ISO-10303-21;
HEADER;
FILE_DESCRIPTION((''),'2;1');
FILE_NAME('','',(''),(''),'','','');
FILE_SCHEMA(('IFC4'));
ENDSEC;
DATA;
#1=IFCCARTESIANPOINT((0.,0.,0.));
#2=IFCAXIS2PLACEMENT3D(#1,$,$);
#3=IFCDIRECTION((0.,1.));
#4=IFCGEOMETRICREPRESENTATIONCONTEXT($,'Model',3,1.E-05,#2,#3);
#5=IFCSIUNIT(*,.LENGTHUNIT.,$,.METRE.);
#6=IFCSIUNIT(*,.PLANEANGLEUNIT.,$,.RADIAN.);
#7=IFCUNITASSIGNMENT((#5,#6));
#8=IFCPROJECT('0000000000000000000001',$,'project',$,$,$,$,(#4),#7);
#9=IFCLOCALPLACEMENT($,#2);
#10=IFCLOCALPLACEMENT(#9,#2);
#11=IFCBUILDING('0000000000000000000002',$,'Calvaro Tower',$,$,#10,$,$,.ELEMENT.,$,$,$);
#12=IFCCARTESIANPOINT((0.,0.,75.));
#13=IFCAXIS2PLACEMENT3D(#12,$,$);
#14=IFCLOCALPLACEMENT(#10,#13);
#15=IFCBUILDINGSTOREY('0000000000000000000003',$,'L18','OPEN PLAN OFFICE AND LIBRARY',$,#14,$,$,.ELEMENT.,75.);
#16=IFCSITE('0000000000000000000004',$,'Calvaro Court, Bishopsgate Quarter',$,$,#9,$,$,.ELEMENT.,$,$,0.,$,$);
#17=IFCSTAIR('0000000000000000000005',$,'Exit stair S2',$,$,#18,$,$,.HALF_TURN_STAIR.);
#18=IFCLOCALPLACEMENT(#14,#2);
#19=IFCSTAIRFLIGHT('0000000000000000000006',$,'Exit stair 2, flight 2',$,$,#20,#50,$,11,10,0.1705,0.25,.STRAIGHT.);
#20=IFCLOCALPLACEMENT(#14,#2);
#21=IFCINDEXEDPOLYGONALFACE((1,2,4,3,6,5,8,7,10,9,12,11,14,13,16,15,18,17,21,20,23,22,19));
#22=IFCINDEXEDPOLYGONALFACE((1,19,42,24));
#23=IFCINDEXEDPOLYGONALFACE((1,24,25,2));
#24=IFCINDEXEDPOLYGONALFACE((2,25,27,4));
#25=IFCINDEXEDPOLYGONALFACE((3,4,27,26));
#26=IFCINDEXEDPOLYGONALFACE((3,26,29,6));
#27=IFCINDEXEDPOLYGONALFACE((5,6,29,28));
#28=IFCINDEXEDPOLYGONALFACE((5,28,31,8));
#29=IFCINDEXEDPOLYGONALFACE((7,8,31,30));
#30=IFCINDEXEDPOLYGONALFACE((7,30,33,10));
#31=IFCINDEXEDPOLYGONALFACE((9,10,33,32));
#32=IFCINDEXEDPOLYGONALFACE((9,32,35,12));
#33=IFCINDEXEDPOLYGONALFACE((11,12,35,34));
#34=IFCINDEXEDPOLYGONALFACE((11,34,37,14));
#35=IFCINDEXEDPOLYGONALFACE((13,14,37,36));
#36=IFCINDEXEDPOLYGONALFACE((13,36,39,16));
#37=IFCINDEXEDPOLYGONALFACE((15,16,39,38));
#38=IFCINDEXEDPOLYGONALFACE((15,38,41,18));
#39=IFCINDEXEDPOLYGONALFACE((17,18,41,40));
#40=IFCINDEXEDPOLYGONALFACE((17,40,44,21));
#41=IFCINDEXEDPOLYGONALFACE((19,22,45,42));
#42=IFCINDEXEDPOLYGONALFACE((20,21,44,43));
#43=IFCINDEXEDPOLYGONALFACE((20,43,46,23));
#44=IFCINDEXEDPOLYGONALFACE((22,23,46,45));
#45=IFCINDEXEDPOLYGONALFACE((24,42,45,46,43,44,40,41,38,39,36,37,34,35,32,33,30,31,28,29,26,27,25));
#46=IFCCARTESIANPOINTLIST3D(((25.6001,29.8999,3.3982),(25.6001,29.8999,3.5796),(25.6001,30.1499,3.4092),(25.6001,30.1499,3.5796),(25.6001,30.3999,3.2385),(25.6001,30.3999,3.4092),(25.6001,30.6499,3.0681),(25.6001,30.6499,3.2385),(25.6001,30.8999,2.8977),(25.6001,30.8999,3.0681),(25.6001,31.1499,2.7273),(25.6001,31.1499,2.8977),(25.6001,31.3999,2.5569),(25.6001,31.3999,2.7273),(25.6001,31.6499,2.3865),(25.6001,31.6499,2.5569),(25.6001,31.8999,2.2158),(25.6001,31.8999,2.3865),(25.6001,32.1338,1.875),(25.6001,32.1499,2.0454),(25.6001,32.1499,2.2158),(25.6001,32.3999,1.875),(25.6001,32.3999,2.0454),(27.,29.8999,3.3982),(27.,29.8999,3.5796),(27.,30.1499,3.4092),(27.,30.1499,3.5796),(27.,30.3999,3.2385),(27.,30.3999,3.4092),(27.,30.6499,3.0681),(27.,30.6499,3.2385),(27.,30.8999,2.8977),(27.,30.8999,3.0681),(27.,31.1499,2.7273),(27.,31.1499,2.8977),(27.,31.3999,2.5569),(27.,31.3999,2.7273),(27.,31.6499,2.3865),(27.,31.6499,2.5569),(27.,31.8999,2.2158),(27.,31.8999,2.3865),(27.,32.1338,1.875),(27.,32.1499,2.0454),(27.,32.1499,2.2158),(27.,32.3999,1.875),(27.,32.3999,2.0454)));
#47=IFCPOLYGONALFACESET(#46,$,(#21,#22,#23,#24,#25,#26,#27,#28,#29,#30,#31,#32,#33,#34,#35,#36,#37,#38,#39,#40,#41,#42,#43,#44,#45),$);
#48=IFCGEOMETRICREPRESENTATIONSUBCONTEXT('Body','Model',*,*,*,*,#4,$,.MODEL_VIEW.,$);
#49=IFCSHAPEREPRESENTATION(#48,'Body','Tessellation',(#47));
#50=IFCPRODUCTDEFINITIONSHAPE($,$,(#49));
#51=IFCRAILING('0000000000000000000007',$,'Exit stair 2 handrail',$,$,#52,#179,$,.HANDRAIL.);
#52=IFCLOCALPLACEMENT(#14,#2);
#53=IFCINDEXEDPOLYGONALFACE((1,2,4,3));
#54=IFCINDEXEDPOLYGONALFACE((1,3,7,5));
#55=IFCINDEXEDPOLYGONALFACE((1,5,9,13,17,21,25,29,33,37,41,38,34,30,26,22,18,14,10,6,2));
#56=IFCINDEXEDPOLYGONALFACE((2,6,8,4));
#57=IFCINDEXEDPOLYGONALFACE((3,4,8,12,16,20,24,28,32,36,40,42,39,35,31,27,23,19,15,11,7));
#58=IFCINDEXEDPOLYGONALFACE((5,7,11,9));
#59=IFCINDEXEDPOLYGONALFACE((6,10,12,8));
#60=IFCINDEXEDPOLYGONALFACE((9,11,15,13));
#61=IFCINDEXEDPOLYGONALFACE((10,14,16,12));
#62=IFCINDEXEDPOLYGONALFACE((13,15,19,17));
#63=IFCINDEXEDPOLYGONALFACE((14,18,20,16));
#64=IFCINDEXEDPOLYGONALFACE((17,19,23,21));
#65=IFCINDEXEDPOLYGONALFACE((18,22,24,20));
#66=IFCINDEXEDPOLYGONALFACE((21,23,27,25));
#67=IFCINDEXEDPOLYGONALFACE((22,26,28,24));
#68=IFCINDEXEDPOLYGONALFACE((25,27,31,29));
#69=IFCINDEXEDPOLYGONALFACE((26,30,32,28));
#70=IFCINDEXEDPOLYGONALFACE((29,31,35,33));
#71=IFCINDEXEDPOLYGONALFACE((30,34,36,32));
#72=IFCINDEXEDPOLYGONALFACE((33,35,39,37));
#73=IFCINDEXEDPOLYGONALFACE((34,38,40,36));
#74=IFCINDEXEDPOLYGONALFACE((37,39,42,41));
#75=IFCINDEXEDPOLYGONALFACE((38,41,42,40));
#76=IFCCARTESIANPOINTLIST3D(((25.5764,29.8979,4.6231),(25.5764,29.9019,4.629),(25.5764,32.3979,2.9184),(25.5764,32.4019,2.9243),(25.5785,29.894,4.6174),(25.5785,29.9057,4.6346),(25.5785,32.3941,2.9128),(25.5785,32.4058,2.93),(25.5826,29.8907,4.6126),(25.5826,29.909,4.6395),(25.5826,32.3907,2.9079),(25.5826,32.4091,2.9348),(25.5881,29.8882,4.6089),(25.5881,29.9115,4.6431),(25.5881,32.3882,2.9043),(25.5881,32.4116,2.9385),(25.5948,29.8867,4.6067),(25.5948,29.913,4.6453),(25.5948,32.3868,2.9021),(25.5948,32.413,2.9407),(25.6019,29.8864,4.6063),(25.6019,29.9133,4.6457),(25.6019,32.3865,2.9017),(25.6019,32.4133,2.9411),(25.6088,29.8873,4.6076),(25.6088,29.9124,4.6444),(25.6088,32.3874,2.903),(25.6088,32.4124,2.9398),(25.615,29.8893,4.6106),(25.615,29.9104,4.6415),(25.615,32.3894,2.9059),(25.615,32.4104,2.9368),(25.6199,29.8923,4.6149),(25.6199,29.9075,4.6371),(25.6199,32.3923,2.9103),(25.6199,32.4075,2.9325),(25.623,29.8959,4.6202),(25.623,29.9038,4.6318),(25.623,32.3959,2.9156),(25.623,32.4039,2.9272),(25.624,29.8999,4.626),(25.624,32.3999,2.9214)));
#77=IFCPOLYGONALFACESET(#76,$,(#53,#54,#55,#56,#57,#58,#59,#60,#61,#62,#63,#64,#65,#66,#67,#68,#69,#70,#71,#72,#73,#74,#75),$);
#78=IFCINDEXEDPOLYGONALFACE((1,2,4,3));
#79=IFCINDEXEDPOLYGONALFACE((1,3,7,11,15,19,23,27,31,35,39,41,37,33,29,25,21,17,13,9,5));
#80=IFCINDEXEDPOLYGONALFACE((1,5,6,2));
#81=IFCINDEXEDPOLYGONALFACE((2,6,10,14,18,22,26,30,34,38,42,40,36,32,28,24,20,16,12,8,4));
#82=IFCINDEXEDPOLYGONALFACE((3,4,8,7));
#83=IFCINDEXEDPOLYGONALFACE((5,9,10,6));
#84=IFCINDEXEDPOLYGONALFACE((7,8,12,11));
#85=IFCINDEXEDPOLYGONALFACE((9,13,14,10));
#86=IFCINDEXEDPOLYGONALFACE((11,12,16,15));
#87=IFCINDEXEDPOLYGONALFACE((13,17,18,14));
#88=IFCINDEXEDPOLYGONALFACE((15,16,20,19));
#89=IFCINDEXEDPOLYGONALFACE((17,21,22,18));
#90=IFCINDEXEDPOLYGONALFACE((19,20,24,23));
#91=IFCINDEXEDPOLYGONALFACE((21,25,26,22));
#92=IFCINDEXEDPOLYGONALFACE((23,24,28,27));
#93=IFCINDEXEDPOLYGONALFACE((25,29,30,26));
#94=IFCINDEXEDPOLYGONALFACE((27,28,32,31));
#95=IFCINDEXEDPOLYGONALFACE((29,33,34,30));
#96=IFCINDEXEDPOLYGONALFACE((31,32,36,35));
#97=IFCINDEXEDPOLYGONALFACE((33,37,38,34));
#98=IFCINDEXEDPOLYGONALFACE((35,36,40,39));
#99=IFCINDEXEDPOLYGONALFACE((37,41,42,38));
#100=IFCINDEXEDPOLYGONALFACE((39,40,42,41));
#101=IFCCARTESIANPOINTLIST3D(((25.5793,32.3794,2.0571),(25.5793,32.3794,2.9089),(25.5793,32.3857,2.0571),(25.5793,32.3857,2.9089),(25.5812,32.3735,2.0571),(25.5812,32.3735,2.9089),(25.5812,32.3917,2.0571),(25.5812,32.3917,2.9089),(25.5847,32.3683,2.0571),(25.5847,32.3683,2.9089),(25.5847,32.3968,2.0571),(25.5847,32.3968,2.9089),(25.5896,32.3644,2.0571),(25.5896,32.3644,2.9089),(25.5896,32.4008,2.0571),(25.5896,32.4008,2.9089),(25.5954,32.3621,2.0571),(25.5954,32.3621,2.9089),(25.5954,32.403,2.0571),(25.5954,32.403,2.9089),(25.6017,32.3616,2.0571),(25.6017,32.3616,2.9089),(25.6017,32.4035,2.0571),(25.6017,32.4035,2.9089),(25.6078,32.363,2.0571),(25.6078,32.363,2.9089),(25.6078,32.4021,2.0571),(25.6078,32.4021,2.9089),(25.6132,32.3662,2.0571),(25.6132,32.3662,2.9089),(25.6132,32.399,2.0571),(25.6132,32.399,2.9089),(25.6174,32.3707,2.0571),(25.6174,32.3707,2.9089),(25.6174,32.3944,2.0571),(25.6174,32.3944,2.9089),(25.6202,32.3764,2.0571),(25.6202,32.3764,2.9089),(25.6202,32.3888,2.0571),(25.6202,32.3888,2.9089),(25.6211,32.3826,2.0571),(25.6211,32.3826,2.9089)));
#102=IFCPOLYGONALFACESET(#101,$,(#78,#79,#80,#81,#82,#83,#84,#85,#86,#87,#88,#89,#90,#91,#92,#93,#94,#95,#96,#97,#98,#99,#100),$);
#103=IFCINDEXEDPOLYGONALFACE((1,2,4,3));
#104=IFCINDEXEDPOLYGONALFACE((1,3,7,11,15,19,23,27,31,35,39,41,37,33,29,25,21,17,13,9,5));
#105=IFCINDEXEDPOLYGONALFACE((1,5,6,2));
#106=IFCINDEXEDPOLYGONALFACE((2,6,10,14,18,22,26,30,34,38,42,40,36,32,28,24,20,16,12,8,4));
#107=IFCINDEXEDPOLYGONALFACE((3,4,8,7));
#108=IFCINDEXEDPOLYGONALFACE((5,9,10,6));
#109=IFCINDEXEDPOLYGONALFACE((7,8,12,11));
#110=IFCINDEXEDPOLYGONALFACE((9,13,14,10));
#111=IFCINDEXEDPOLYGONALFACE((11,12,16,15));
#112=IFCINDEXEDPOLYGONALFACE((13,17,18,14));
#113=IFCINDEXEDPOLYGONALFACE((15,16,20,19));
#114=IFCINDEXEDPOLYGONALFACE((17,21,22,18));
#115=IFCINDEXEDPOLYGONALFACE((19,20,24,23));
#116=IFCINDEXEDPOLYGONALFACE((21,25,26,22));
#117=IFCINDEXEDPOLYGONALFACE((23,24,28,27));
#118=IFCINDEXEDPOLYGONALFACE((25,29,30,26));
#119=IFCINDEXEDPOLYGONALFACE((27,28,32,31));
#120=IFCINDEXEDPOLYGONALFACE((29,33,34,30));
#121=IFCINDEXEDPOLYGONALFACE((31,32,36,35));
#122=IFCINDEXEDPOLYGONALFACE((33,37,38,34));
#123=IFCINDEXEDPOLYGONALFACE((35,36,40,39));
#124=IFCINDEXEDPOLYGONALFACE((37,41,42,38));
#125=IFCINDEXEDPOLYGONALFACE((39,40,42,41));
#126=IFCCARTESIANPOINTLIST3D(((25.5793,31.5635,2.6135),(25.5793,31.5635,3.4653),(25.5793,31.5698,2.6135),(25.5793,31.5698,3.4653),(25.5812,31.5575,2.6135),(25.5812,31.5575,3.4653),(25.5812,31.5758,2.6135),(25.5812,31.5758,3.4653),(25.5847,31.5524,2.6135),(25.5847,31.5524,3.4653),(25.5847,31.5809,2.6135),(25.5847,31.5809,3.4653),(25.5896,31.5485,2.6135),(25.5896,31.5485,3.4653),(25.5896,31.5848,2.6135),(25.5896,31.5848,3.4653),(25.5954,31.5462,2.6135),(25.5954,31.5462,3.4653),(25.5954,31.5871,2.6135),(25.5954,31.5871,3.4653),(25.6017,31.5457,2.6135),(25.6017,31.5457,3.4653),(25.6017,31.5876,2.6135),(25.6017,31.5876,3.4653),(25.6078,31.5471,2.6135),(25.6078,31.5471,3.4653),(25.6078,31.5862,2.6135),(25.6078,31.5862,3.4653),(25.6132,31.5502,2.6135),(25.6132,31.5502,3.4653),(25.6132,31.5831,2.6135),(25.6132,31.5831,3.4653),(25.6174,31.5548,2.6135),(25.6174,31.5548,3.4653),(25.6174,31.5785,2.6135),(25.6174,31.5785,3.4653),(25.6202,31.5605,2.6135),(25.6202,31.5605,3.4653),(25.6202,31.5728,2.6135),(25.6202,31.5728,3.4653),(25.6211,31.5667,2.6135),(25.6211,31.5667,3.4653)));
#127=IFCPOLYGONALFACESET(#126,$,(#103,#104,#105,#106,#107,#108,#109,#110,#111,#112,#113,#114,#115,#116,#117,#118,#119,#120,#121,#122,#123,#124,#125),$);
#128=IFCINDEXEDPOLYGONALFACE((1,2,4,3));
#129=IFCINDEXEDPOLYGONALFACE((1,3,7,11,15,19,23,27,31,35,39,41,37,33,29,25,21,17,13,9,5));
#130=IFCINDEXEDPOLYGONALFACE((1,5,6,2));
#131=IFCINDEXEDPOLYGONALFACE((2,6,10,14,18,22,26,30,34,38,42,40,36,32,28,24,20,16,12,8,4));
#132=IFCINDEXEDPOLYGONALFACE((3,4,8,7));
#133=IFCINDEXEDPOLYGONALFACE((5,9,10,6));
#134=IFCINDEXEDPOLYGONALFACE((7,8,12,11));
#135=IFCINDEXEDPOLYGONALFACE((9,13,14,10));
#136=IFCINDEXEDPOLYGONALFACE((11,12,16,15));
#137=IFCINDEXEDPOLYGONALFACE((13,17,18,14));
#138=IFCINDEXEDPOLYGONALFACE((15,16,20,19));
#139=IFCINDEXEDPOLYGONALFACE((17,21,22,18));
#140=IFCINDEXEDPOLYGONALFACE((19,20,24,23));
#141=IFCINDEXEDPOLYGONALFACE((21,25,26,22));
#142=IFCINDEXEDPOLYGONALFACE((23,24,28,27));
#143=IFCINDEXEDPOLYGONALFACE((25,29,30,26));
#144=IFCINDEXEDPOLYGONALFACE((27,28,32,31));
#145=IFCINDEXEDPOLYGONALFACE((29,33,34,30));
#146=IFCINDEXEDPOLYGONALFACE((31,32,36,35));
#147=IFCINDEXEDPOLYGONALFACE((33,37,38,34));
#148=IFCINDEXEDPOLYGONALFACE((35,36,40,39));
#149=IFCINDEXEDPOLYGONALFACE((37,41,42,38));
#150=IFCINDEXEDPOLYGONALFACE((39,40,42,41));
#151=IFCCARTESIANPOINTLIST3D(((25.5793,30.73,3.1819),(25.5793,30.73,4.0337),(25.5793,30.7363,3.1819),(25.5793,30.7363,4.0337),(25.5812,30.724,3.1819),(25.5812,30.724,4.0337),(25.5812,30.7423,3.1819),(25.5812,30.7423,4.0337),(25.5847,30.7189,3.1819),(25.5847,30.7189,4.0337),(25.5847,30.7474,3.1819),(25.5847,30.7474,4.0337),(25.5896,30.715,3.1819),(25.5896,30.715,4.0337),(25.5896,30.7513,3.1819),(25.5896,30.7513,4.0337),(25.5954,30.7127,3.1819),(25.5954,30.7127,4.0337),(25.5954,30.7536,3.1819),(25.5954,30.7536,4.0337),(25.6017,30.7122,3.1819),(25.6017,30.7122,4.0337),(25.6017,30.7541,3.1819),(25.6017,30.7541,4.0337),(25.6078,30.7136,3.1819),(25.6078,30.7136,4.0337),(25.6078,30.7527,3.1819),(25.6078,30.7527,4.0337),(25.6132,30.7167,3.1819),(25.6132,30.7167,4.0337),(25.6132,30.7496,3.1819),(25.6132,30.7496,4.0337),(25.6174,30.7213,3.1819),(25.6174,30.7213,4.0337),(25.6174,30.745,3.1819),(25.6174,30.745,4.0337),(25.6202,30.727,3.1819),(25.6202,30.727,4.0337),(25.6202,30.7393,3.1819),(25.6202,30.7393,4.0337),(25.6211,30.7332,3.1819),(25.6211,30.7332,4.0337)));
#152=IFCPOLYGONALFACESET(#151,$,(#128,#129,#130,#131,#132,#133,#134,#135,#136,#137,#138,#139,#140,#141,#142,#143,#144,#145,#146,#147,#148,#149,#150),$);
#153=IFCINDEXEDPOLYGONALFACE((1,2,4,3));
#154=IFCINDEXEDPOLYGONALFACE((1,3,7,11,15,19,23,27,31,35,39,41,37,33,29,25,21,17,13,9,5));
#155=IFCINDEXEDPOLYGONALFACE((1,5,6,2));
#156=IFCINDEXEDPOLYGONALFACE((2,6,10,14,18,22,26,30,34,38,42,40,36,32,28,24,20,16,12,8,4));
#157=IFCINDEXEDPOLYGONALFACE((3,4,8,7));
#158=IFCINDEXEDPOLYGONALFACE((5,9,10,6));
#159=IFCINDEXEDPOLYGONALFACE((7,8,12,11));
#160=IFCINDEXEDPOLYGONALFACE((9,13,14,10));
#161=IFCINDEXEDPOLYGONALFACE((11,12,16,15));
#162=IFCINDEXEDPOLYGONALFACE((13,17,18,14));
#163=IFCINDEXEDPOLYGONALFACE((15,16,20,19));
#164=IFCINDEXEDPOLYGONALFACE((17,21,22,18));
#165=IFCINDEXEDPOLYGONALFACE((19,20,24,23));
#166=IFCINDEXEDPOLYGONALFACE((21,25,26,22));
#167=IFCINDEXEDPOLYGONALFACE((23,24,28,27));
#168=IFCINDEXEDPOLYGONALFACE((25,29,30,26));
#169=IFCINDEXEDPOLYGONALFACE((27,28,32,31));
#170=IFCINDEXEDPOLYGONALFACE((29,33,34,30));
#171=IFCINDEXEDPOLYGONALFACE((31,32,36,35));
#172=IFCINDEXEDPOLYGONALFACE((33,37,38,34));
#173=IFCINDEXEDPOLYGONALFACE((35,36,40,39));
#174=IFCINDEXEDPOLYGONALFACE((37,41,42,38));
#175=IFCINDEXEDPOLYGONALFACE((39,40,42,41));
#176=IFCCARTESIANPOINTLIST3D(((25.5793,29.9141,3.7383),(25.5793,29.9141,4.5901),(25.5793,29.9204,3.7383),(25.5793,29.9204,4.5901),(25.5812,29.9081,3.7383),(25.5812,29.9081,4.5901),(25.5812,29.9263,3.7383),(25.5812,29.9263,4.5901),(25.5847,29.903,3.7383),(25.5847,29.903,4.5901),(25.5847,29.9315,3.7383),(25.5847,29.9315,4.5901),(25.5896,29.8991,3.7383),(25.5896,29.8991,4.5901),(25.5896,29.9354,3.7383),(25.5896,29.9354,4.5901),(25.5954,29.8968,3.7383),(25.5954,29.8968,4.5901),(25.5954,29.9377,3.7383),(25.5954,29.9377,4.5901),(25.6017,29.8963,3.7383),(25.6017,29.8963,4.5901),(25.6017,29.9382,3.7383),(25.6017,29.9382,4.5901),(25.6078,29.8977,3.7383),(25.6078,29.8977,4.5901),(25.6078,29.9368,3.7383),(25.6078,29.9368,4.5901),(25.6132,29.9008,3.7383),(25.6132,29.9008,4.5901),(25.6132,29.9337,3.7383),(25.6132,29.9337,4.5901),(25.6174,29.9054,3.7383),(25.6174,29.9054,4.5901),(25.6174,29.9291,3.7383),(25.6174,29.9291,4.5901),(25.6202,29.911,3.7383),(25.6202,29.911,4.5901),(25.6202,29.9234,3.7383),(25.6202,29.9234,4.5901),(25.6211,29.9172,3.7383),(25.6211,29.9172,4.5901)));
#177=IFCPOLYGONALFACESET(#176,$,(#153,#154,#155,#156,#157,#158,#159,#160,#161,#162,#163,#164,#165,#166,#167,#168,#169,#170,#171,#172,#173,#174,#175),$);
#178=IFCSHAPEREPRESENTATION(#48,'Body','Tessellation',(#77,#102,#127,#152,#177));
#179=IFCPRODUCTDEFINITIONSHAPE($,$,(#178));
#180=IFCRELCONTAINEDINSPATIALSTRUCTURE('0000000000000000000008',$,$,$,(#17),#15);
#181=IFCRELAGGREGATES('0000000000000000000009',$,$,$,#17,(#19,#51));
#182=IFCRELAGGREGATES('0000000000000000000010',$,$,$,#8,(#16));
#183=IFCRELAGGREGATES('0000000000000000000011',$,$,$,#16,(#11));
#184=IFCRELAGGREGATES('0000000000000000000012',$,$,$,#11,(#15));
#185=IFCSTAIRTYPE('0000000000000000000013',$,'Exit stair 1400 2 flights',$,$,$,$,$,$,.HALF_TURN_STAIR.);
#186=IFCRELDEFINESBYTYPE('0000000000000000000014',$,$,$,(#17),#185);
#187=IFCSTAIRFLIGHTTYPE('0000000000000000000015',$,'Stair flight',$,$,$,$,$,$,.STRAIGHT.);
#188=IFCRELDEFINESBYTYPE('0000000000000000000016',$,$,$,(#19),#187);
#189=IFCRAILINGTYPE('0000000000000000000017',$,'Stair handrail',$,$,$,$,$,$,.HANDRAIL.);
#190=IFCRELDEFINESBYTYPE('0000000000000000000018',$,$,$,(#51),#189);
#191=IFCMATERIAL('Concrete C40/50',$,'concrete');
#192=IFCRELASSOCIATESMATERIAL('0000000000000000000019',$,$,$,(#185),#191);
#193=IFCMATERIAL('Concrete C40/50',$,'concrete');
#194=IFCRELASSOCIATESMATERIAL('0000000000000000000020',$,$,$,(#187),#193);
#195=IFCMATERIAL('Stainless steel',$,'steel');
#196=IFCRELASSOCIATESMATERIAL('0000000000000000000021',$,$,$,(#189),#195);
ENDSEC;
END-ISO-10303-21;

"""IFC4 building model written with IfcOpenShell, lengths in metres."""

from ifc_helpers import new_model, si_unit, direction, frame, origin, origin_2d, place, context, subcontext, project, spatial, polyline, circle, outline, extrude, material, type_object, element, aggregate, save


model = new_model("IFC4")

# Units and contexts
model_context = context("Model", 3, precision=1e-05, world=origin(), true_north=direction((0.0, 1.0)))
body_context = subcontext(model_context, "Body", "Model", "MODEL_VIEW")
ifc_project = project(units=[si_unit("LENGTHUNIT", "METRE"), si_unit("PLANEANGLEUNIT", "RADIAN")], contexts=[model_context])

# Site, building, storey
site_placement = place(None, origin())
site = spatial("IfcSite", under=ifc_project, at=site_placement, Name="Calvaro Court, Bishopsgate Quarter", CompositionType="ELEMENT", RefElevation=0.0)
building_placement = place(site_placement, origin())
building = spatial("IfcBuilding", under=site, at=building_placement, Name="Calvaro Tower", CompositionType="ELEMENT")
storey_placement = place(building_placement, frame((0.0, 0.0, 75.0)))
storey = spatial("IfcBuildingStorey", under=building, at=storey_placement, Name="L18", Description="OPEN PLAN OFFICE AND LIBRARY", CompositionType="ELEMENT", Elevation=75.0)

# Stair, stair flight, railing
ifc_material_1 = material(Name="Concrete C40/50", Category="concrete")
stair_type = type_object("IfcStairType", Name="Exit stair 1400 2 flights", PredefinedType="HALF_TURN_STAIR", material=ifc_material_1)
stair_placement = place(storey_placement, origin())
stair = element("IfcStair", 1, at=stair_placement, inside=storey, type_object=stair_type, Name="Exit stair S2", PredefinedType="HALF_TURN_STAIR")
ifc_material_2 = material(Name="Concrete C40/50", Category="concrete")
stair_flight_type = type_object("IfcStairFlightType", Name="Stair flight", PredefinedType="STRAIGHT", material=ifc_material_2)
stair_flight_1_placement = place(storey_placement, frame((26.3, 32.3999, 1.875), z_axis=(0.0, 0.0, 1.0), x_axis=(0.0, -1.0, 0.0)))
stair_flight_1 = element("IfcStairFlight", 2, at=stair_flight_1_placement, type_object=stair_flight_type, Name="Exit stair 2, flight 2", NumberOfRisers=11, NumberOfTreads=10, PredefinedType="STRAIGHT", RiserHeight=0.1705, TreadLength=0.25, context=body_context, shape_type="SweptSolid", body=[
    extrude(outline(polyline([(0.0, 0.0), (0.0, 0.1704), (0.25, 0.1704), (0.25, 0.3408), (0.5, 0.3408), (0.5, 0.5115), (0.75, 0.5115), (0.75, 0.6819), (1.0, 0.6819), (1.0, 0.8523), (1.25, 0.8523), (1.25, 1.0227), (1.5, 1.0227), (1.5, 1.1931), (1.75, 1.1931), (1.75, 1.3635), (2.0, 1.3635), (2.0, 1.5342), (2.25, 1.5342), (2.25, 1.7046), (2.5, 1.7046), (2.5, 1.875), (2.5, 1.5232), (0.2661, 0.0), (0.0, 0.0)])), frame((0.0, 0.7, 0.0), z_axis=(0.0, -1.0, 0.0), x_axis=(1.0, 0.0, 0.0)), (0.0, 0.0, 1.0), 1.3999),
])
ifc_material_3 = material(Name="Stainless steel", Category="steel")
railing_type = type_object("IfcRailingType", Name="Stair handrail", PredefinedType="HANDRAIL", material=ifc_material_3)
railing_1_placement = place(storey_placement, frame((25.6001, 32.3999, 2.0454)))
railing_1 = element("IfcRailing", 3, at=railing_1_placement, type_object=railing_type, Name="Exit stair 2 handrail", PredefinedType="HANDRAIL", context=body_context, shape_type="SweptSolid", body=[
    extrude(circle(Radius=0.0239, at=origin_2d()), frame((0.0, 0.0, 0.876), z_axis=(0.0, -0.826221, 0.563347), x_axis=(1.0, 0.0, 0.0)), (0.0, 0.0, 1.0), 3.0259),
    extrude(circle(Radius=0.021, at=origin_2d()), frame((0.0, -0.0173, 0.0117)), (0.0, 0.0, 1.0), 0.8518),
    extrude(circle(Radius=0.021, at=origin_2d()), frame((0.0, -0.8333, 0.5681)), (0.0, 0.0, 1.0), 0.8518),
    extrude(circle(Radius=0.021, at=origin_2d()), frame((0.0, -1.6667, 1.1365)), (0.0, 0.0, 1.0), 0.8518),
    extrude(circle(Radius=0.021, at=origin_2d()), frame((0.0, -2.4827, 1.6929)), (0.0, 0.0, 1.0), 0.8518),
])
aggregate(stair, [stair_flight_1, railing_1])

save(model, "model.ifc")
